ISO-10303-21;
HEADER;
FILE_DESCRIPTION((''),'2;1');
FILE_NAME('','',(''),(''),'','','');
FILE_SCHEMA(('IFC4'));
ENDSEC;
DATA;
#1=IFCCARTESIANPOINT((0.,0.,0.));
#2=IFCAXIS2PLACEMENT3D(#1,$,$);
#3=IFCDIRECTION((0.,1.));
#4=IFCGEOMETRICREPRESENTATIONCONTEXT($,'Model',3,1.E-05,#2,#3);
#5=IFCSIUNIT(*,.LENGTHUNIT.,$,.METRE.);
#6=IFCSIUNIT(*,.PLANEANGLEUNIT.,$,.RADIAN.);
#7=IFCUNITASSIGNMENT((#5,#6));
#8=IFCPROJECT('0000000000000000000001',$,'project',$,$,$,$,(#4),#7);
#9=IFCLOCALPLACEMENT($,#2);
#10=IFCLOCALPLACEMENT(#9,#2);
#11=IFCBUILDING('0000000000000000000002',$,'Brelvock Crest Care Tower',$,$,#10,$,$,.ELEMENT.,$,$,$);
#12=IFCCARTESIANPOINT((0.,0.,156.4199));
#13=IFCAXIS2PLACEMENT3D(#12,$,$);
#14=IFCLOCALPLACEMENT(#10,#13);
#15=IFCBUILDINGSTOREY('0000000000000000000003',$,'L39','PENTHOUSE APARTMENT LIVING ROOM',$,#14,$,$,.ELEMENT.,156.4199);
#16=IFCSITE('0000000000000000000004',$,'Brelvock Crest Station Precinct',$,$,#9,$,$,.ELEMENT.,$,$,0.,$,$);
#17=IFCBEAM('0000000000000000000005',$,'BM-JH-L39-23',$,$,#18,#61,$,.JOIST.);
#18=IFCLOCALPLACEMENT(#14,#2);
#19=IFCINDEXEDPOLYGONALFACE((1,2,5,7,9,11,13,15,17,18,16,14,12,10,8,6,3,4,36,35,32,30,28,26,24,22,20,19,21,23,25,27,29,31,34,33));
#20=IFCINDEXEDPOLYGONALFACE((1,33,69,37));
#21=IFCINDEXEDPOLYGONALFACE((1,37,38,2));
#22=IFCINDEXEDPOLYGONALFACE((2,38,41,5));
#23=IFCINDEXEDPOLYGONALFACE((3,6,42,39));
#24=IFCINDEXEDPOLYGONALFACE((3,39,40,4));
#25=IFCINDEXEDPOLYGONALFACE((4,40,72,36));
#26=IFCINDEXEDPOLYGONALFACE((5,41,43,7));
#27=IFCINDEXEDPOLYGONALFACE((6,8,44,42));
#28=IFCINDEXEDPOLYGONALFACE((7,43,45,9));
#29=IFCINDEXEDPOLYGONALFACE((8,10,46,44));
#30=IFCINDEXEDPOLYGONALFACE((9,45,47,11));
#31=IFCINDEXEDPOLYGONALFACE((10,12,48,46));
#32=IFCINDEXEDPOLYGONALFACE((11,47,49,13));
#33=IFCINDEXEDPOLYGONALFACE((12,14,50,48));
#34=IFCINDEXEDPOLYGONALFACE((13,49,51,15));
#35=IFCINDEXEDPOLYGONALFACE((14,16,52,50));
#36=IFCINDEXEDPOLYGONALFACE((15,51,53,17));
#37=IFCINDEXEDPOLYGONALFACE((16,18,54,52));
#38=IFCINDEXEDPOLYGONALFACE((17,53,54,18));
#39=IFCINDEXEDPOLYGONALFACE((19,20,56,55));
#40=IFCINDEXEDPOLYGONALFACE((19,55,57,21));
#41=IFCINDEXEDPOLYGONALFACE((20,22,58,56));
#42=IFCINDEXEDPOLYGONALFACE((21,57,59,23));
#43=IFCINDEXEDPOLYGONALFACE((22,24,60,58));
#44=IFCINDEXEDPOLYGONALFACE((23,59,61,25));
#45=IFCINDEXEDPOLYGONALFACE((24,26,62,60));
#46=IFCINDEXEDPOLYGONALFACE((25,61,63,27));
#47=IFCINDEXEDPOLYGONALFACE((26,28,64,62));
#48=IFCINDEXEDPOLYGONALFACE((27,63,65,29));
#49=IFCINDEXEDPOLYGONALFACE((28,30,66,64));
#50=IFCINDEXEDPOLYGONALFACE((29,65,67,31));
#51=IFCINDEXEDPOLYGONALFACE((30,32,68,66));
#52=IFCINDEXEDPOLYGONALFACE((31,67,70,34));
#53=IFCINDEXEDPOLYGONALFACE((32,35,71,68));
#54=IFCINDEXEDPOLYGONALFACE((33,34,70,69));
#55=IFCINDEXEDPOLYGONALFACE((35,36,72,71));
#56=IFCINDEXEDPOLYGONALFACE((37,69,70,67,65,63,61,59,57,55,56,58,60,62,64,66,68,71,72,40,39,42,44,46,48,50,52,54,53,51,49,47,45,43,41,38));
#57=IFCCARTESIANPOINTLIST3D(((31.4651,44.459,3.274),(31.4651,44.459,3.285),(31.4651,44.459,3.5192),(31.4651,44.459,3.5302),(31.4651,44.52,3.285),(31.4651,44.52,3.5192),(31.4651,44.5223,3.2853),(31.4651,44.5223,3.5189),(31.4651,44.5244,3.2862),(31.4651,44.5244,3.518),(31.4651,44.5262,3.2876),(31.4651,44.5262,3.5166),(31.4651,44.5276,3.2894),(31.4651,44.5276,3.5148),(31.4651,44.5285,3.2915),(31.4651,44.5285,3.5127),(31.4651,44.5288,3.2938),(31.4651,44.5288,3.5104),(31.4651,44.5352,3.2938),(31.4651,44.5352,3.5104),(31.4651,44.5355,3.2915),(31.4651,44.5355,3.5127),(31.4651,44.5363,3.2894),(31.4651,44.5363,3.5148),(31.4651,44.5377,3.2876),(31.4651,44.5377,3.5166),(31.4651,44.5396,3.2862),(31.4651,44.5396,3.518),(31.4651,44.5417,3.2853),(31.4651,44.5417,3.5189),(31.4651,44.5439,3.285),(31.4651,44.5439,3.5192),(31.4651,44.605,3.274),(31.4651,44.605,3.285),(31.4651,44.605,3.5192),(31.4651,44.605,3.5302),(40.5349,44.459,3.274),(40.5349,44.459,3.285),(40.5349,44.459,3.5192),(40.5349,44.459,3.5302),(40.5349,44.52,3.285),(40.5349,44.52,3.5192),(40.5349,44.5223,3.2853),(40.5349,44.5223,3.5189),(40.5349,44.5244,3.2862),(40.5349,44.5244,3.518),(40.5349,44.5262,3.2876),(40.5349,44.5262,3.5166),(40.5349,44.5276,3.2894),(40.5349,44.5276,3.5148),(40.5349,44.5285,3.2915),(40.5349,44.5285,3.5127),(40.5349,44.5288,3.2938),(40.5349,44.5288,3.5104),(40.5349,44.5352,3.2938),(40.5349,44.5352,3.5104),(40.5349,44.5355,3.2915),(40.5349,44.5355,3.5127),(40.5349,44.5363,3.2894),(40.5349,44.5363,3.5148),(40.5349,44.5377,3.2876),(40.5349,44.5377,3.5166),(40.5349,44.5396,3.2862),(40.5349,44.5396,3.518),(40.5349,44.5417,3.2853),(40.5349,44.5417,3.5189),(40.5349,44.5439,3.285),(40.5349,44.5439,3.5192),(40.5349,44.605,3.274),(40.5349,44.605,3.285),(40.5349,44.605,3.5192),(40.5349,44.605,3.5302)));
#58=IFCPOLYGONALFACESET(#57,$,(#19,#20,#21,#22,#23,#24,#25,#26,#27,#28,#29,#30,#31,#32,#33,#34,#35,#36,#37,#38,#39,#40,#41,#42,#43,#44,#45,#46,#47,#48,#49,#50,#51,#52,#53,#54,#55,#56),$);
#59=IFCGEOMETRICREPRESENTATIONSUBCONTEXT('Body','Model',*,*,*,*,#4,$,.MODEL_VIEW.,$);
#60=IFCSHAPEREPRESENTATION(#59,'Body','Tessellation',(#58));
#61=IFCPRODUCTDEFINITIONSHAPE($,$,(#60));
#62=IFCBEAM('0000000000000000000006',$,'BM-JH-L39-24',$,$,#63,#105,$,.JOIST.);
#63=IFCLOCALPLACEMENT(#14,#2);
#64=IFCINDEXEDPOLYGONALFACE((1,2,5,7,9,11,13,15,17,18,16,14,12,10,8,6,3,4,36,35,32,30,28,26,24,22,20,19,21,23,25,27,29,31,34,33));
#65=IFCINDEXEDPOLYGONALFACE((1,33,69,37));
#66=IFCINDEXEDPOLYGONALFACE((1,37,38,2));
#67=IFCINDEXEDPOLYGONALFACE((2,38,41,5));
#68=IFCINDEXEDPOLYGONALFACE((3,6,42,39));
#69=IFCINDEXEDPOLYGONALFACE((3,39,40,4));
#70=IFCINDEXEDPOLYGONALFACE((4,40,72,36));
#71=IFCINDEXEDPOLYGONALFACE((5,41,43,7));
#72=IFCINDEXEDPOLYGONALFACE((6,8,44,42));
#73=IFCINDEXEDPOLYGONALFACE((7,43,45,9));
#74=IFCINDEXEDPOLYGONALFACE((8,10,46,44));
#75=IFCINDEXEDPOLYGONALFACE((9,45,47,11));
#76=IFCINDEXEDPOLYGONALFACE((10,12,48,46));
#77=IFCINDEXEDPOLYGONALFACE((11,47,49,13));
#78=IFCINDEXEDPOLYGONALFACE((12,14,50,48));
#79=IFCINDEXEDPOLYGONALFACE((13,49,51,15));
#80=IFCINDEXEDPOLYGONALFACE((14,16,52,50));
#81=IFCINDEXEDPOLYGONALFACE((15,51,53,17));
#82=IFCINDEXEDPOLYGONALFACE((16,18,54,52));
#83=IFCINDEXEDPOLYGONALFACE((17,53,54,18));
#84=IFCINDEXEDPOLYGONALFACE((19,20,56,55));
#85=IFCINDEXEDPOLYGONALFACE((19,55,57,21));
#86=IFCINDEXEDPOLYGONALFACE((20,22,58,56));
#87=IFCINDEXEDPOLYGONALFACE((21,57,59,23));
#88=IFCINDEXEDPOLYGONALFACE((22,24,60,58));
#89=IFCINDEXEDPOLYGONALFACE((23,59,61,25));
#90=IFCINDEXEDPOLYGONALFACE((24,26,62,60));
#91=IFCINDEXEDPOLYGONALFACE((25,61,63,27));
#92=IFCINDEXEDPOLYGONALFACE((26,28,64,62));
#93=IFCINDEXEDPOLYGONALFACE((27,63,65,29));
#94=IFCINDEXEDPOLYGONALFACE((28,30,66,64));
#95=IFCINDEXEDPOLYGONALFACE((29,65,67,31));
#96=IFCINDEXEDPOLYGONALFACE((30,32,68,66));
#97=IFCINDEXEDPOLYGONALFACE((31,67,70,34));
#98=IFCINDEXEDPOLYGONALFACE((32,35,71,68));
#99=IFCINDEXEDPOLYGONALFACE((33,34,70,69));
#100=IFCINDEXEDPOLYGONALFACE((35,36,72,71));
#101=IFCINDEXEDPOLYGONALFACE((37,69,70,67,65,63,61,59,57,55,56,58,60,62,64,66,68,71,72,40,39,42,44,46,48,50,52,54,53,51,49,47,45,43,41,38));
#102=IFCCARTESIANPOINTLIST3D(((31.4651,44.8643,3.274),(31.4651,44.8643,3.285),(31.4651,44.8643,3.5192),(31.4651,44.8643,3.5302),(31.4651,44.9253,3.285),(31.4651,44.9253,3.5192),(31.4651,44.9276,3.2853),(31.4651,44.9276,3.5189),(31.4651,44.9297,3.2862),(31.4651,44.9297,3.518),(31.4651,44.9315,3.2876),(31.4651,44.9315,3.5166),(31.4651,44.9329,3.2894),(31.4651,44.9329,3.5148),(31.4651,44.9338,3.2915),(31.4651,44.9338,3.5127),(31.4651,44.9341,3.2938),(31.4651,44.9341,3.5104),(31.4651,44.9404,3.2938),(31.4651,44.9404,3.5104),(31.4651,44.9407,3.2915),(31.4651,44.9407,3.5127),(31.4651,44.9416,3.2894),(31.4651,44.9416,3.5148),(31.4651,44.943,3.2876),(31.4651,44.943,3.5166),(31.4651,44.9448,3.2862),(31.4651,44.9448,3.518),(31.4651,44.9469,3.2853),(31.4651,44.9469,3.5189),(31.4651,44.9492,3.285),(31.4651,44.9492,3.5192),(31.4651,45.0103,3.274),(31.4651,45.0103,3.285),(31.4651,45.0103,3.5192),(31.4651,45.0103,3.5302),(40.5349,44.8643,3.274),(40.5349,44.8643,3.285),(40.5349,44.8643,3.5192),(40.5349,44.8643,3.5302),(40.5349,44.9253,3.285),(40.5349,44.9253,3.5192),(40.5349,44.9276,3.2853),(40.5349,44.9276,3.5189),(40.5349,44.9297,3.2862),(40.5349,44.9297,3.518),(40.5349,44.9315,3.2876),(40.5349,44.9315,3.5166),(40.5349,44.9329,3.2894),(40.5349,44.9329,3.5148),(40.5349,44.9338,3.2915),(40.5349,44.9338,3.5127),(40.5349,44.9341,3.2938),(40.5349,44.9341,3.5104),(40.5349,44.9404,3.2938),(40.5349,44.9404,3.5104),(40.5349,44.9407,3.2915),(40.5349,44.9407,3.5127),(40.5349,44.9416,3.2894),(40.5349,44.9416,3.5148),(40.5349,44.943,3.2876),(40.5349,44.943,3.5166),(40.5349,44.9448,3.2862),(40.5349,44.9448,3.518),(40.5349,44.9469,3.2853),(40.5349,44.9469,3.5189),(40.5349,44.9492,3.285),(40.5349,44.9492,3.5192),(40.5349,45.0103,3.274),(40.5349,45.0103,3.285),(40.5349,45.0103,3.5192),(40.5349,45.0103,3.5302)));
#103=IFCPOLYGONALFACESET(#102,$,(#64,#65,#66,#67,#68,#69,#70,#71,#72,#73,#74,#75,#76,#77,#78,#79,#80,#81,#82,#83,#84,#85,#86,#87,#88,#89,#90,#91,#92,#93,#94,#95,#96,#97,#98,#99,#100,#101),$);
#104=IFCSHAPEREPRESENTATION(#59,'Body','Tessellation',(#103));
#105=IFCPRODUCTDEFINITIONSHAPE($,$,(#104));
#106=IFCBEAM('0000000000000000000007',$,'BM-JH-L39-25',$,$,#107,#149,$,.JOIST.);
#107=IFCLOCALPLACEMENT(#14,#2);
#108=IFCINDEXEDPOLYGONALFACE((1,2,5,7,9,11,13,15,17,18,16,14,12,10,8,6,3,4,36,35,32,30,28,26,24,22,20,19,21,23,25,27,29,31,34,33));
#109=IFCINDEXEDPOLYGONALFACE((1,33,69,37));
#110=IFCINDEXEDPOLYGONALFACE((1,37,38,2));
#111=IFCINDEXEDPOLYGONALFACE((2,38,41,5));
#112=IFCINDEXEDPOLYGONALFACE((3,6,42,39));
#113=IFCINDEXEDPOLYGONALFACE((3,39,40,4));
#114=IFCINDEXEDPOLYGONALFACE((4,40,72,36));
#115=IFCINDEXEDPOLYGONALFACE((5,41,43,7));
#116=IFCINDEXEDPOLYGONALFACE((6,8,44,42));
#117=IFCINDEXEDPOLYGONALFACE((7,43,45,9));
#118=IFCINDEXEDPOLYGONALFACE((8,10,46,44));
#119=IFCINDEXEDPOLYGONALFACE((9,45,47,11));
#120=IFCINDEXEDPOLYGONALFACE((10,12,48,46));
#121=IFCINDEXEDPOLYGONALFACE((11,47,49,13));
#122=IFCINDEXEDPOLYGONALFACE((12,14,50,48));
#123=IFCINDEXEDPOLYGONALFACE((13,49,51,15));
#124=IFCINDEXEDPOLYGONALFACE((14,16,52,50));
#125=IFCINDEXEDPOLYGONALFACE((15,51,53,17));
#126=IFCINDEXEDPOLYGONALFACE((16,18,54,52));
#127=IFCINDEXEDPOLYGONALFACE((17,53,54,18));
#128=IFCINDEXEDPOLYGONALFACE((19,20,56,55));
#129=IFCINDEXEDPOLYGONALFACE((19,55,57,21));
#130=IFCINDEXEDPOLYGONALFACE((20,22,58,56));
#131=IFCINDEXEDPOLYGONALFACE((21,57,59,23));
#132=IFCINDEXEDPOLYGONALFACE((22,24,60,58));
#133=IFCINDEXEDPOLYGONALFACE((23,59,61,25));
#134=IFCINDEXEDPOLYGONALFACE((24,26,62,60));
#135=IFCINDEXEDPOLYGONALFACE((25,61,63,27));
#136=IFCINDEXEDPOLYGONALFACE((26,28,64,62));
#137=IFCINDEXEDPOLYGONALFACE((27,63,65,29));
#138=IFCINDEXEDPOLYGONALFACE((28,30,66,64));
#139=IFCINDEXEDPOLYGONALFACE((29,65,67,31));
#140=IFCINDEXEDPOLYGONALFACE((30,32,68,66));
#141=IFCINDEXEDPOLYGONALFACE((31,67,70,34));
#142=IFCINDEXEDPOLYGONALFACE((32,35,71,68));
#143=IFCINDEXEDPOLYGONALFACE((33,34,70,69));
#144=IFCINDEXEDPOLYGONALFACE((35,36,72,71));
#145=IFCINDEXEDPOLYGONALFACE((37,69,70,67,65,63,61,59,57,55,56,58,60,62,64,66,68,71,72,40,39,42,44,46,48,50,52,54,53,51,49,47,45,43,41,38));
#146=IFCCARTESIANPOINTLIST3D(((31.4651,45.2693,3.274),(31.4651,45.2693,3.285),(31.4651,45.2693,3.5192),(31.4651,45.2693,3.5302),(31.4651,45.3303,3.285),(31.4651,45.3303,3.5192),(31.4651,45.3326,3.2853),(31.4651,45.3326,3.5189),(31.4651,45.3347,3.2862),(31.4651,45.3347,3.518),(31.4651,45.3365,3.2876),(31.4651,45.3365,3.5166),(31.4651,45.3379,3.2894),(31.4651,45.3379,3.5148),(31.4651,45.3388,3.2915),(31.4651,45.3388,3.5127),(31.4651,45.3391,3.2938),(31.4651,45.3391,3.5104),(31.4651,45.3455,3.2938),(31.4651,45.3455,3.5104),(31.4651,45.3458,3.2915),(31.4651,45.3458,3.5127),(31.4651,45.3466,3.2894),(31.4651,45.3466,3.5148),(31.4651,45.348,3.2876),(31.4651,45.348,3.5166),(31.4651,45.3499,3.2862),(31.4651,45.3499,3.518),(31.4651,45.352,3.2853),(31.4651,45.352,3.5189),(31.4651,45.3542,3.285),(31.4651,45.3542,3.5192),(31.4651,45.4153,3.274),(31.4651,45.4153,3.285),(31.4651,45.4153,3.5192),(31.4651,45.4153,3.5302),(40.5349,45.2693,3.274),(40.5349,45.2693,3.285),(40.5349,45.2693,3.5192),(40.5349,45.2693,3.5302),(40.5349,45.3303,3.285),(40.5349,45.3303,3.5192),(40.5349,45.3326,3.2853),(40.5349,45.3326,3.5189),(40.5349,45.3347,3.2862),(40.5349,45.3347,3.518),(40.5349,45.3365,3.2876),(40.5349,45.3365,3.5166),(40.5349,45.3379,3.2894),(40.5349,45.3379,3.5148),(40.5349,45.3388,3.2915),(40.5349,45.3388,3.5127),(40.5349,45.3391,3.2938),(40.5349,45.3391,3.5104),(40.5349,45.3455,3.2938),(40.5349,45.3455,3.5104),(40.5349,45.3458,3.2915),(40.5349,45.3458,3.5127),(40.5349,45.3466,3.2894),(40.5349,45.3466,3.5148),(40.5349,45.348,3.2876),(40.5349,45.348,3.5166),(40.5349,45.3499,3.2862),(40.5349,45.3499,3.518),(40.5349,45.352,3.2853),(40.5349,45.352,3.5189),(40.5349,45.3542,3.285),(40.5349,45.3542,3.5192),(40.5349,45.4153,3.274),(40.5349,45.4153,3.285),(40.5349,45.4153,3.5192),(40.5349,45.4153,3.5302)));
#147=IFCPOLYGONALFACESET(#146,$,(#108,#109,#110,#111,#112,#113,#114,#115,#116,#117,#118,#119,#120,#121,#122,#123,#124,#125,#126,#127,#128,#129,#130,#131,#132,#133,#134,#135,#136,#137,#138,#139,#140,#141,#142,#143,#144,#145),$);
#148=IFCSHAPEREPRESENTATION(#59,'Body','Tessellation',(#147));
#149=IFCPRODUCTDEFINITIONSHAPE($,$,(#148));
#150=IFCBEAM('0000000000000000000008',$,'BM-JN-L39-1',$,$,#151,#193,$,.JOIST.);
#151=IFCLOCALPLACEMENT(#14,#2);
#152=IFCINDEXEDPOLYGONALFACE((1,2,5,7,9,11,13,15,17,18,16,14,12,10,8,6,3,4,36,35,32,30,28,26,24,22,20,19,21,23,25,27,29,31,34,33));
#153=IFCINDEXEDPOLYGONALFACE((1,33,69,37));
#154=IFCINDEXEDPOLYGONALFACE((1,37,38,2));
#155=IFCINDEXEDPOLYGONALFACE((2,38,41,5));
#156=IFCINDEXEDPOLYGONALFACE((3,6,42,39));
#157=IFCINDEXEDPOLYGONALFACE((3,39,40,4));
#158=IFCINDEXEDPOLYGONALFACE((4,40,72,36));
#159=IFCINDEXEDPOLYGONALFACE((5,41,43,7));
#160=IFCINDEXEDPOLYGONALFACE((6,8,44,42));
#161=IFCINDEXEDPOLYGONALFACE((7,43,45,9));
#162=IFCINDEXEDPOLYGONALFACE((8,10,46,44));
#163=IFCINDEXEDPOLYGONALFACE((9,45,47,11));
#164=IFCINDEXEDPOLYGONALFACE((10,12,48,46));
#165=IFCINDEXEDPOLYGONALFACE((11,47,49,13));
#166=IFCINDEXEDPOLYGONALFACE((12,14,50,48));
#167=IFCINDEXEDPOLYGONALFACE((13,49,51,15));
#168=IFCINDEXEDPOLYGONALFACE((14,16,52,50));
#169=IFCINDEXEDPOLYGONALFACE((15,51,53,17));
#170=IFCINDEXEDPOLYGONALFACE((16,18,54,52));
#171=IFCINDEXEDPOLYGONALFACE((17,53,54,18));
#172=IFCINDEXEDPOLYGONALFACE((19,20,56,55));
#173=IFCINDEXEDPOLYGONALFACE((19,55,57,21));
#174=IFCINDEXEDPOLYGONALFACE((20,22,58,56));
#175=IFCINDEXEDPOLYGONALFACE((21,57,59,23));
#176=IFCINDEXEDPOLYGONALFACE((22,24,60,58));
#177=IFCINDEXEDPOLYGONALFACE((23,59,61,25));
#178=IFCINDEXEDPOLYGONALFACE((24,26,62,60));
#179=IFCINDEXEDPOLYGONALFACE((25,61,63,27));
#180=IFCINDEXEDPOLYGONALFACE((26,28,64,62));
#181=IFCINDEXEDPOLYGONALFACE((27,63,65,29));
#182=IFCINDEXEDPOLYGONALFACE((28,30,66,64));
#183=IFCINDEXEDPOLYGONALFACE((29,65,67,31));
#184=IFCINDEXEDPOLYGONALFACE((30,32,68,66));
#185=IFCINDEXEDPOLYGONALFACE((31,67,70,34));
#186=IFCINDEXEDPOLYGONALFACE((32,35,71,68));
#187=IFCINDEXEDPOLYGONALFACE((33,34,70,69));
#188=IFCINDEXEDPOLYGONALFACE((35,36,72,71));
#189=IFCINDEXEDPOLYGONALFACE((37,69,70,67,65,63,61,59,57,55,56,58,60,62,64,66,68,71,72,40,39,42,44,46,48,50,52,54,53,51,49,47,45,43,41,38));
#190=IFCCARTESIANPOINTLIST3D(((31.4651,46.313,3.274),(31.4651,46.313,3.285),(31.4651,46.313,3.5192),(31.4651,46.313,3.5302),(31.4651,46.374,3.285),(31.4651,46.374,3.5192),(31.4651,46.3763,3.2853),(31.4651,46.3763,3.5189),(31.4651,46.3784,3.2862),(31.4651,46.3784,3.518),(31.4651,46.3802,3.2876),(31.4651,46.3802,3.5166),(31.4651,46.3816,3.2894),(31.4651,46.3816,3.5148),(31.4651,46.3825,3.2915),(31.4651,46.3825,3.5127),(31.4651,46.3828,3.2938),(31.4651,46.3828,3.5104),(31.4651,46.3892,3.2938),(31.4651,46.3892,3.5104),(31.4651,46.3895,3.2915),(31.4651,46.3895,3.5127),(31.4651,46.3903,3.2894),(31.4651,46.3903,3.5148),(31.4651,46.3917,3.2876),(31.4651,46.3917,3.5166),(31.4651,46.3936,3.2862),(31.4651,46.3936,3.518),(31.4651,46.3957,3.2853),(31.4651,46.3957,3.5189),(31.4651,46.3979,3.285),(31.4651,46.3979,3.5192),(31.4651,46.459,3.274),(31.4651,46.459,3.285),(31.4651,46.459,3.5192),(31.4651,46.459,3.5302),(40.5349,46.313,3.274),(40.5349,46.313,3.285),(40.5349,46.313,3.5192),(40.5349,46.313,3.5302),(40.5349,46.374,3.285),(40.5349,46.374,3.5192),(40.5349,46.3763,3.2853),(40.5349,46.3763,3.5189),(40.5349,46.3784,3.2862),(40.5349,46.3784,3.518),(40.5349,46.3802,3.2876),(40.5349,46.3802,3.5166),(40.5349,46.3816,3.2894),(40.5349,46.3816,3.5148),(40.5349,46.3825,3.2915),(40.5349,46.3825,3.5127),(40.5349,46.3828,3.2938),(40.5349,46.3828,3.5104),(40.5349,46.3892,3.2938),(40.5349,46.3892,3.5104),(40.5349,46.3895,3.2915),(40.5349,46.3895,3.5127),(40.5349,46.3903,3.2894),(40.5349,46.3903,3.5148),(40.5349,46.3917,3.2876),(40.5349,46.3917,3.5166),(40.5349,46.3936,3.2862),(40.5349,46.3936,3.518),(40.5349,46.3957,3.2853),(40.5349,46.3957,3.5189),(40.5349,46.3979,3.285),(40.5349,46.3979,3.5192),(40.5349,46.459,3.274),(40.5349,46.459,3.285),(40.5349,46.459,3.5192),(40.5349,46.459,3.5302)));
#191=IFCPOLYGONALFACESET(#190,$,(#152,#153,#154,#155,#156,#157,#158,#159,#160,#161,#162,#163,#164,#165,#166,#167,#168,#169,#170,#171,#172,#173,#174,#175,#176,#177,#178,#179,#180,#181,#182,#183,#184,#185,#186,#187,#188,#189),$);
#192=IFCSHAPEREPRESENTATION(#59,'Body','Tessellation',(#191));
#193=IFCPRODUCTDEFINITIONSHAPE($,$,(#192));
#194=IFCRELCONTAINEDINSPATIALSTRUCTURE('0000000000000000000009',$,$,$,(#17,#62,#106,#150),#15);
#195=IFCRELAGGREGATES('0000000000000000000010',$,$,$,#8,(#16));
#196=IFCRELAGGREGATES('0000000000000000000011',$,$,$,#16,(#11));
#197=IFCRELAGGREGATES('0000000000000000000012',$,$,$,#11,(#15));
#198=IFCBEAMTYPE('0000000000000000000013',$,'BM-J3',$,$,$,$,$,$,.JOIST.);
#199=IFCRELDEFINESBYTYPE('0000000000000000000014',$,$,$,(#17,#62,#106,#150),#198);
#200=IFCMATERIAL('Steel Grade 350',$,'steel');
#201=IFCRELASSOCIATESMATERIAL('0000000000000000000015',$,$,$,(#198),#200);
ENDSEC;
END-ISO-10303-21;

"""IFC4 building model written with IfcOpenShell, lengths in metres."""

from ifc_helpers import new_model, si_unit, direction, frame, origin, origin_2d, place, context, subcontext, project, spatial, i_section, extrude, source, transform, mapped, material, material_profile, profile_set, type_object, element, save


model = new_model("IFC4")

# Units and contexts
model_context = context("Model", 3, precision=1e-05, world=origin(), true_north=direction((0.0, 1.0)))
body_context = subcontext(model_context, "Body", "Model", "MODEL_VIEW")
ifc_project = project(units=[si_unit("LENGTHUNIT", "METRE"), si_unit("PLANEANGLEUNIT", "RADIAN")], contexts=[model_context])

# Site, building, storey
site_placement = place(None, origin())
site = spatial("IfcSite", under=ifc_project, at=site_placement, Name="Brelvock Crest Station Precinct", CompositionType="ELEMENT", RefElevation=0.0)
building_placement = place(site_placement, origin())
building = spatial("IfcBuilding", under=site, at=building_placement, Name="Brelvock Crest Care Tower", CompositionType="ELEMENT")
storey_placement = place(building_placement, frame((0.0, 0.0, 156.4199)))
storey = spatial("IfcBuildingStorey", under=building, at=storey_placement, Name="L39", Description="PENTHOUSE APARTMENT LIVING ROOM", CompositionType="ELEMENT", Elevation=156.4199)

# Beams
ifc_material = material(Name="Steel Grade 350", Category="steel")
ifc_material_profile = material_profile(ifc_material, i_section(OverallWidth=0.146, OverallDepth=0.2561, WebThickness=0.0063, FlangeThickness=0.011, FilletRadius=0.0088, at=origin_2d()), Name="250UB37.3")
ifc_profile_set = profile_set([ifc_material_profile], Name="Steel Grade 350")
beam_type = type_object("IfcBeamType", Name="BM-J3", PredefinedType="JOIST", material=ifc_profile_set)
shared_shape = source(origin(), body_context, "Body", "SweptSolid", [
    extrude(i_section(OverallWidth=0.146, OverallDepth=0.2561, WebThickness=0.0063, FlangeThickness=0.011, FilletRadius=0.0088, at=origin_2d()), origin(), (0.0, 0.0, 1.0), 9.0698),
])
for number, where, z_axis, x_axis, name in (
    (1, (31.4651, 44.532, 3.4021), (1.0, 0.0, 0.0), (0.0, 1.0, 0.0), "BM-JH-L39-23"),
    (2, (31.4651, 44.9373, 3.4021), (1.0, 0.0, 0.0), (0.0, 1.0, 0.0), "BM-JH-L39-24"),
    (3, (31.4651, 45.3423, 3.4021), (1.0, 0.0, 0.0), (0.0, 1.0, 0.0), "BM-JH-L39-25"),
    (4, (31.4651, 46.386, 3.4021), (1.0, 0.0, 0.0), (0.0, 1.0, 0.0), "BM-JN-L39-1"),
):
    element("IfcBeam", number, at=place(storey_placement, frame(where, z_axis=z_axis, x_axis=x_axis)), inside=storey, type_object=beam_type, Name=name, PredefinedType="JOIST", context=body_context, shape_type="MappedRepresentation", body=[
        mapped(shared_shape, transform((0.0, 0.0, 0.0), x_axis=(1.0, 0.0, 0.0), y_axis=(0.0, 1.0, 0.0), z_axis=(0.0, 0.0, 1.0), scale=1.0)),
    ])

save(model, "model.ifc")
